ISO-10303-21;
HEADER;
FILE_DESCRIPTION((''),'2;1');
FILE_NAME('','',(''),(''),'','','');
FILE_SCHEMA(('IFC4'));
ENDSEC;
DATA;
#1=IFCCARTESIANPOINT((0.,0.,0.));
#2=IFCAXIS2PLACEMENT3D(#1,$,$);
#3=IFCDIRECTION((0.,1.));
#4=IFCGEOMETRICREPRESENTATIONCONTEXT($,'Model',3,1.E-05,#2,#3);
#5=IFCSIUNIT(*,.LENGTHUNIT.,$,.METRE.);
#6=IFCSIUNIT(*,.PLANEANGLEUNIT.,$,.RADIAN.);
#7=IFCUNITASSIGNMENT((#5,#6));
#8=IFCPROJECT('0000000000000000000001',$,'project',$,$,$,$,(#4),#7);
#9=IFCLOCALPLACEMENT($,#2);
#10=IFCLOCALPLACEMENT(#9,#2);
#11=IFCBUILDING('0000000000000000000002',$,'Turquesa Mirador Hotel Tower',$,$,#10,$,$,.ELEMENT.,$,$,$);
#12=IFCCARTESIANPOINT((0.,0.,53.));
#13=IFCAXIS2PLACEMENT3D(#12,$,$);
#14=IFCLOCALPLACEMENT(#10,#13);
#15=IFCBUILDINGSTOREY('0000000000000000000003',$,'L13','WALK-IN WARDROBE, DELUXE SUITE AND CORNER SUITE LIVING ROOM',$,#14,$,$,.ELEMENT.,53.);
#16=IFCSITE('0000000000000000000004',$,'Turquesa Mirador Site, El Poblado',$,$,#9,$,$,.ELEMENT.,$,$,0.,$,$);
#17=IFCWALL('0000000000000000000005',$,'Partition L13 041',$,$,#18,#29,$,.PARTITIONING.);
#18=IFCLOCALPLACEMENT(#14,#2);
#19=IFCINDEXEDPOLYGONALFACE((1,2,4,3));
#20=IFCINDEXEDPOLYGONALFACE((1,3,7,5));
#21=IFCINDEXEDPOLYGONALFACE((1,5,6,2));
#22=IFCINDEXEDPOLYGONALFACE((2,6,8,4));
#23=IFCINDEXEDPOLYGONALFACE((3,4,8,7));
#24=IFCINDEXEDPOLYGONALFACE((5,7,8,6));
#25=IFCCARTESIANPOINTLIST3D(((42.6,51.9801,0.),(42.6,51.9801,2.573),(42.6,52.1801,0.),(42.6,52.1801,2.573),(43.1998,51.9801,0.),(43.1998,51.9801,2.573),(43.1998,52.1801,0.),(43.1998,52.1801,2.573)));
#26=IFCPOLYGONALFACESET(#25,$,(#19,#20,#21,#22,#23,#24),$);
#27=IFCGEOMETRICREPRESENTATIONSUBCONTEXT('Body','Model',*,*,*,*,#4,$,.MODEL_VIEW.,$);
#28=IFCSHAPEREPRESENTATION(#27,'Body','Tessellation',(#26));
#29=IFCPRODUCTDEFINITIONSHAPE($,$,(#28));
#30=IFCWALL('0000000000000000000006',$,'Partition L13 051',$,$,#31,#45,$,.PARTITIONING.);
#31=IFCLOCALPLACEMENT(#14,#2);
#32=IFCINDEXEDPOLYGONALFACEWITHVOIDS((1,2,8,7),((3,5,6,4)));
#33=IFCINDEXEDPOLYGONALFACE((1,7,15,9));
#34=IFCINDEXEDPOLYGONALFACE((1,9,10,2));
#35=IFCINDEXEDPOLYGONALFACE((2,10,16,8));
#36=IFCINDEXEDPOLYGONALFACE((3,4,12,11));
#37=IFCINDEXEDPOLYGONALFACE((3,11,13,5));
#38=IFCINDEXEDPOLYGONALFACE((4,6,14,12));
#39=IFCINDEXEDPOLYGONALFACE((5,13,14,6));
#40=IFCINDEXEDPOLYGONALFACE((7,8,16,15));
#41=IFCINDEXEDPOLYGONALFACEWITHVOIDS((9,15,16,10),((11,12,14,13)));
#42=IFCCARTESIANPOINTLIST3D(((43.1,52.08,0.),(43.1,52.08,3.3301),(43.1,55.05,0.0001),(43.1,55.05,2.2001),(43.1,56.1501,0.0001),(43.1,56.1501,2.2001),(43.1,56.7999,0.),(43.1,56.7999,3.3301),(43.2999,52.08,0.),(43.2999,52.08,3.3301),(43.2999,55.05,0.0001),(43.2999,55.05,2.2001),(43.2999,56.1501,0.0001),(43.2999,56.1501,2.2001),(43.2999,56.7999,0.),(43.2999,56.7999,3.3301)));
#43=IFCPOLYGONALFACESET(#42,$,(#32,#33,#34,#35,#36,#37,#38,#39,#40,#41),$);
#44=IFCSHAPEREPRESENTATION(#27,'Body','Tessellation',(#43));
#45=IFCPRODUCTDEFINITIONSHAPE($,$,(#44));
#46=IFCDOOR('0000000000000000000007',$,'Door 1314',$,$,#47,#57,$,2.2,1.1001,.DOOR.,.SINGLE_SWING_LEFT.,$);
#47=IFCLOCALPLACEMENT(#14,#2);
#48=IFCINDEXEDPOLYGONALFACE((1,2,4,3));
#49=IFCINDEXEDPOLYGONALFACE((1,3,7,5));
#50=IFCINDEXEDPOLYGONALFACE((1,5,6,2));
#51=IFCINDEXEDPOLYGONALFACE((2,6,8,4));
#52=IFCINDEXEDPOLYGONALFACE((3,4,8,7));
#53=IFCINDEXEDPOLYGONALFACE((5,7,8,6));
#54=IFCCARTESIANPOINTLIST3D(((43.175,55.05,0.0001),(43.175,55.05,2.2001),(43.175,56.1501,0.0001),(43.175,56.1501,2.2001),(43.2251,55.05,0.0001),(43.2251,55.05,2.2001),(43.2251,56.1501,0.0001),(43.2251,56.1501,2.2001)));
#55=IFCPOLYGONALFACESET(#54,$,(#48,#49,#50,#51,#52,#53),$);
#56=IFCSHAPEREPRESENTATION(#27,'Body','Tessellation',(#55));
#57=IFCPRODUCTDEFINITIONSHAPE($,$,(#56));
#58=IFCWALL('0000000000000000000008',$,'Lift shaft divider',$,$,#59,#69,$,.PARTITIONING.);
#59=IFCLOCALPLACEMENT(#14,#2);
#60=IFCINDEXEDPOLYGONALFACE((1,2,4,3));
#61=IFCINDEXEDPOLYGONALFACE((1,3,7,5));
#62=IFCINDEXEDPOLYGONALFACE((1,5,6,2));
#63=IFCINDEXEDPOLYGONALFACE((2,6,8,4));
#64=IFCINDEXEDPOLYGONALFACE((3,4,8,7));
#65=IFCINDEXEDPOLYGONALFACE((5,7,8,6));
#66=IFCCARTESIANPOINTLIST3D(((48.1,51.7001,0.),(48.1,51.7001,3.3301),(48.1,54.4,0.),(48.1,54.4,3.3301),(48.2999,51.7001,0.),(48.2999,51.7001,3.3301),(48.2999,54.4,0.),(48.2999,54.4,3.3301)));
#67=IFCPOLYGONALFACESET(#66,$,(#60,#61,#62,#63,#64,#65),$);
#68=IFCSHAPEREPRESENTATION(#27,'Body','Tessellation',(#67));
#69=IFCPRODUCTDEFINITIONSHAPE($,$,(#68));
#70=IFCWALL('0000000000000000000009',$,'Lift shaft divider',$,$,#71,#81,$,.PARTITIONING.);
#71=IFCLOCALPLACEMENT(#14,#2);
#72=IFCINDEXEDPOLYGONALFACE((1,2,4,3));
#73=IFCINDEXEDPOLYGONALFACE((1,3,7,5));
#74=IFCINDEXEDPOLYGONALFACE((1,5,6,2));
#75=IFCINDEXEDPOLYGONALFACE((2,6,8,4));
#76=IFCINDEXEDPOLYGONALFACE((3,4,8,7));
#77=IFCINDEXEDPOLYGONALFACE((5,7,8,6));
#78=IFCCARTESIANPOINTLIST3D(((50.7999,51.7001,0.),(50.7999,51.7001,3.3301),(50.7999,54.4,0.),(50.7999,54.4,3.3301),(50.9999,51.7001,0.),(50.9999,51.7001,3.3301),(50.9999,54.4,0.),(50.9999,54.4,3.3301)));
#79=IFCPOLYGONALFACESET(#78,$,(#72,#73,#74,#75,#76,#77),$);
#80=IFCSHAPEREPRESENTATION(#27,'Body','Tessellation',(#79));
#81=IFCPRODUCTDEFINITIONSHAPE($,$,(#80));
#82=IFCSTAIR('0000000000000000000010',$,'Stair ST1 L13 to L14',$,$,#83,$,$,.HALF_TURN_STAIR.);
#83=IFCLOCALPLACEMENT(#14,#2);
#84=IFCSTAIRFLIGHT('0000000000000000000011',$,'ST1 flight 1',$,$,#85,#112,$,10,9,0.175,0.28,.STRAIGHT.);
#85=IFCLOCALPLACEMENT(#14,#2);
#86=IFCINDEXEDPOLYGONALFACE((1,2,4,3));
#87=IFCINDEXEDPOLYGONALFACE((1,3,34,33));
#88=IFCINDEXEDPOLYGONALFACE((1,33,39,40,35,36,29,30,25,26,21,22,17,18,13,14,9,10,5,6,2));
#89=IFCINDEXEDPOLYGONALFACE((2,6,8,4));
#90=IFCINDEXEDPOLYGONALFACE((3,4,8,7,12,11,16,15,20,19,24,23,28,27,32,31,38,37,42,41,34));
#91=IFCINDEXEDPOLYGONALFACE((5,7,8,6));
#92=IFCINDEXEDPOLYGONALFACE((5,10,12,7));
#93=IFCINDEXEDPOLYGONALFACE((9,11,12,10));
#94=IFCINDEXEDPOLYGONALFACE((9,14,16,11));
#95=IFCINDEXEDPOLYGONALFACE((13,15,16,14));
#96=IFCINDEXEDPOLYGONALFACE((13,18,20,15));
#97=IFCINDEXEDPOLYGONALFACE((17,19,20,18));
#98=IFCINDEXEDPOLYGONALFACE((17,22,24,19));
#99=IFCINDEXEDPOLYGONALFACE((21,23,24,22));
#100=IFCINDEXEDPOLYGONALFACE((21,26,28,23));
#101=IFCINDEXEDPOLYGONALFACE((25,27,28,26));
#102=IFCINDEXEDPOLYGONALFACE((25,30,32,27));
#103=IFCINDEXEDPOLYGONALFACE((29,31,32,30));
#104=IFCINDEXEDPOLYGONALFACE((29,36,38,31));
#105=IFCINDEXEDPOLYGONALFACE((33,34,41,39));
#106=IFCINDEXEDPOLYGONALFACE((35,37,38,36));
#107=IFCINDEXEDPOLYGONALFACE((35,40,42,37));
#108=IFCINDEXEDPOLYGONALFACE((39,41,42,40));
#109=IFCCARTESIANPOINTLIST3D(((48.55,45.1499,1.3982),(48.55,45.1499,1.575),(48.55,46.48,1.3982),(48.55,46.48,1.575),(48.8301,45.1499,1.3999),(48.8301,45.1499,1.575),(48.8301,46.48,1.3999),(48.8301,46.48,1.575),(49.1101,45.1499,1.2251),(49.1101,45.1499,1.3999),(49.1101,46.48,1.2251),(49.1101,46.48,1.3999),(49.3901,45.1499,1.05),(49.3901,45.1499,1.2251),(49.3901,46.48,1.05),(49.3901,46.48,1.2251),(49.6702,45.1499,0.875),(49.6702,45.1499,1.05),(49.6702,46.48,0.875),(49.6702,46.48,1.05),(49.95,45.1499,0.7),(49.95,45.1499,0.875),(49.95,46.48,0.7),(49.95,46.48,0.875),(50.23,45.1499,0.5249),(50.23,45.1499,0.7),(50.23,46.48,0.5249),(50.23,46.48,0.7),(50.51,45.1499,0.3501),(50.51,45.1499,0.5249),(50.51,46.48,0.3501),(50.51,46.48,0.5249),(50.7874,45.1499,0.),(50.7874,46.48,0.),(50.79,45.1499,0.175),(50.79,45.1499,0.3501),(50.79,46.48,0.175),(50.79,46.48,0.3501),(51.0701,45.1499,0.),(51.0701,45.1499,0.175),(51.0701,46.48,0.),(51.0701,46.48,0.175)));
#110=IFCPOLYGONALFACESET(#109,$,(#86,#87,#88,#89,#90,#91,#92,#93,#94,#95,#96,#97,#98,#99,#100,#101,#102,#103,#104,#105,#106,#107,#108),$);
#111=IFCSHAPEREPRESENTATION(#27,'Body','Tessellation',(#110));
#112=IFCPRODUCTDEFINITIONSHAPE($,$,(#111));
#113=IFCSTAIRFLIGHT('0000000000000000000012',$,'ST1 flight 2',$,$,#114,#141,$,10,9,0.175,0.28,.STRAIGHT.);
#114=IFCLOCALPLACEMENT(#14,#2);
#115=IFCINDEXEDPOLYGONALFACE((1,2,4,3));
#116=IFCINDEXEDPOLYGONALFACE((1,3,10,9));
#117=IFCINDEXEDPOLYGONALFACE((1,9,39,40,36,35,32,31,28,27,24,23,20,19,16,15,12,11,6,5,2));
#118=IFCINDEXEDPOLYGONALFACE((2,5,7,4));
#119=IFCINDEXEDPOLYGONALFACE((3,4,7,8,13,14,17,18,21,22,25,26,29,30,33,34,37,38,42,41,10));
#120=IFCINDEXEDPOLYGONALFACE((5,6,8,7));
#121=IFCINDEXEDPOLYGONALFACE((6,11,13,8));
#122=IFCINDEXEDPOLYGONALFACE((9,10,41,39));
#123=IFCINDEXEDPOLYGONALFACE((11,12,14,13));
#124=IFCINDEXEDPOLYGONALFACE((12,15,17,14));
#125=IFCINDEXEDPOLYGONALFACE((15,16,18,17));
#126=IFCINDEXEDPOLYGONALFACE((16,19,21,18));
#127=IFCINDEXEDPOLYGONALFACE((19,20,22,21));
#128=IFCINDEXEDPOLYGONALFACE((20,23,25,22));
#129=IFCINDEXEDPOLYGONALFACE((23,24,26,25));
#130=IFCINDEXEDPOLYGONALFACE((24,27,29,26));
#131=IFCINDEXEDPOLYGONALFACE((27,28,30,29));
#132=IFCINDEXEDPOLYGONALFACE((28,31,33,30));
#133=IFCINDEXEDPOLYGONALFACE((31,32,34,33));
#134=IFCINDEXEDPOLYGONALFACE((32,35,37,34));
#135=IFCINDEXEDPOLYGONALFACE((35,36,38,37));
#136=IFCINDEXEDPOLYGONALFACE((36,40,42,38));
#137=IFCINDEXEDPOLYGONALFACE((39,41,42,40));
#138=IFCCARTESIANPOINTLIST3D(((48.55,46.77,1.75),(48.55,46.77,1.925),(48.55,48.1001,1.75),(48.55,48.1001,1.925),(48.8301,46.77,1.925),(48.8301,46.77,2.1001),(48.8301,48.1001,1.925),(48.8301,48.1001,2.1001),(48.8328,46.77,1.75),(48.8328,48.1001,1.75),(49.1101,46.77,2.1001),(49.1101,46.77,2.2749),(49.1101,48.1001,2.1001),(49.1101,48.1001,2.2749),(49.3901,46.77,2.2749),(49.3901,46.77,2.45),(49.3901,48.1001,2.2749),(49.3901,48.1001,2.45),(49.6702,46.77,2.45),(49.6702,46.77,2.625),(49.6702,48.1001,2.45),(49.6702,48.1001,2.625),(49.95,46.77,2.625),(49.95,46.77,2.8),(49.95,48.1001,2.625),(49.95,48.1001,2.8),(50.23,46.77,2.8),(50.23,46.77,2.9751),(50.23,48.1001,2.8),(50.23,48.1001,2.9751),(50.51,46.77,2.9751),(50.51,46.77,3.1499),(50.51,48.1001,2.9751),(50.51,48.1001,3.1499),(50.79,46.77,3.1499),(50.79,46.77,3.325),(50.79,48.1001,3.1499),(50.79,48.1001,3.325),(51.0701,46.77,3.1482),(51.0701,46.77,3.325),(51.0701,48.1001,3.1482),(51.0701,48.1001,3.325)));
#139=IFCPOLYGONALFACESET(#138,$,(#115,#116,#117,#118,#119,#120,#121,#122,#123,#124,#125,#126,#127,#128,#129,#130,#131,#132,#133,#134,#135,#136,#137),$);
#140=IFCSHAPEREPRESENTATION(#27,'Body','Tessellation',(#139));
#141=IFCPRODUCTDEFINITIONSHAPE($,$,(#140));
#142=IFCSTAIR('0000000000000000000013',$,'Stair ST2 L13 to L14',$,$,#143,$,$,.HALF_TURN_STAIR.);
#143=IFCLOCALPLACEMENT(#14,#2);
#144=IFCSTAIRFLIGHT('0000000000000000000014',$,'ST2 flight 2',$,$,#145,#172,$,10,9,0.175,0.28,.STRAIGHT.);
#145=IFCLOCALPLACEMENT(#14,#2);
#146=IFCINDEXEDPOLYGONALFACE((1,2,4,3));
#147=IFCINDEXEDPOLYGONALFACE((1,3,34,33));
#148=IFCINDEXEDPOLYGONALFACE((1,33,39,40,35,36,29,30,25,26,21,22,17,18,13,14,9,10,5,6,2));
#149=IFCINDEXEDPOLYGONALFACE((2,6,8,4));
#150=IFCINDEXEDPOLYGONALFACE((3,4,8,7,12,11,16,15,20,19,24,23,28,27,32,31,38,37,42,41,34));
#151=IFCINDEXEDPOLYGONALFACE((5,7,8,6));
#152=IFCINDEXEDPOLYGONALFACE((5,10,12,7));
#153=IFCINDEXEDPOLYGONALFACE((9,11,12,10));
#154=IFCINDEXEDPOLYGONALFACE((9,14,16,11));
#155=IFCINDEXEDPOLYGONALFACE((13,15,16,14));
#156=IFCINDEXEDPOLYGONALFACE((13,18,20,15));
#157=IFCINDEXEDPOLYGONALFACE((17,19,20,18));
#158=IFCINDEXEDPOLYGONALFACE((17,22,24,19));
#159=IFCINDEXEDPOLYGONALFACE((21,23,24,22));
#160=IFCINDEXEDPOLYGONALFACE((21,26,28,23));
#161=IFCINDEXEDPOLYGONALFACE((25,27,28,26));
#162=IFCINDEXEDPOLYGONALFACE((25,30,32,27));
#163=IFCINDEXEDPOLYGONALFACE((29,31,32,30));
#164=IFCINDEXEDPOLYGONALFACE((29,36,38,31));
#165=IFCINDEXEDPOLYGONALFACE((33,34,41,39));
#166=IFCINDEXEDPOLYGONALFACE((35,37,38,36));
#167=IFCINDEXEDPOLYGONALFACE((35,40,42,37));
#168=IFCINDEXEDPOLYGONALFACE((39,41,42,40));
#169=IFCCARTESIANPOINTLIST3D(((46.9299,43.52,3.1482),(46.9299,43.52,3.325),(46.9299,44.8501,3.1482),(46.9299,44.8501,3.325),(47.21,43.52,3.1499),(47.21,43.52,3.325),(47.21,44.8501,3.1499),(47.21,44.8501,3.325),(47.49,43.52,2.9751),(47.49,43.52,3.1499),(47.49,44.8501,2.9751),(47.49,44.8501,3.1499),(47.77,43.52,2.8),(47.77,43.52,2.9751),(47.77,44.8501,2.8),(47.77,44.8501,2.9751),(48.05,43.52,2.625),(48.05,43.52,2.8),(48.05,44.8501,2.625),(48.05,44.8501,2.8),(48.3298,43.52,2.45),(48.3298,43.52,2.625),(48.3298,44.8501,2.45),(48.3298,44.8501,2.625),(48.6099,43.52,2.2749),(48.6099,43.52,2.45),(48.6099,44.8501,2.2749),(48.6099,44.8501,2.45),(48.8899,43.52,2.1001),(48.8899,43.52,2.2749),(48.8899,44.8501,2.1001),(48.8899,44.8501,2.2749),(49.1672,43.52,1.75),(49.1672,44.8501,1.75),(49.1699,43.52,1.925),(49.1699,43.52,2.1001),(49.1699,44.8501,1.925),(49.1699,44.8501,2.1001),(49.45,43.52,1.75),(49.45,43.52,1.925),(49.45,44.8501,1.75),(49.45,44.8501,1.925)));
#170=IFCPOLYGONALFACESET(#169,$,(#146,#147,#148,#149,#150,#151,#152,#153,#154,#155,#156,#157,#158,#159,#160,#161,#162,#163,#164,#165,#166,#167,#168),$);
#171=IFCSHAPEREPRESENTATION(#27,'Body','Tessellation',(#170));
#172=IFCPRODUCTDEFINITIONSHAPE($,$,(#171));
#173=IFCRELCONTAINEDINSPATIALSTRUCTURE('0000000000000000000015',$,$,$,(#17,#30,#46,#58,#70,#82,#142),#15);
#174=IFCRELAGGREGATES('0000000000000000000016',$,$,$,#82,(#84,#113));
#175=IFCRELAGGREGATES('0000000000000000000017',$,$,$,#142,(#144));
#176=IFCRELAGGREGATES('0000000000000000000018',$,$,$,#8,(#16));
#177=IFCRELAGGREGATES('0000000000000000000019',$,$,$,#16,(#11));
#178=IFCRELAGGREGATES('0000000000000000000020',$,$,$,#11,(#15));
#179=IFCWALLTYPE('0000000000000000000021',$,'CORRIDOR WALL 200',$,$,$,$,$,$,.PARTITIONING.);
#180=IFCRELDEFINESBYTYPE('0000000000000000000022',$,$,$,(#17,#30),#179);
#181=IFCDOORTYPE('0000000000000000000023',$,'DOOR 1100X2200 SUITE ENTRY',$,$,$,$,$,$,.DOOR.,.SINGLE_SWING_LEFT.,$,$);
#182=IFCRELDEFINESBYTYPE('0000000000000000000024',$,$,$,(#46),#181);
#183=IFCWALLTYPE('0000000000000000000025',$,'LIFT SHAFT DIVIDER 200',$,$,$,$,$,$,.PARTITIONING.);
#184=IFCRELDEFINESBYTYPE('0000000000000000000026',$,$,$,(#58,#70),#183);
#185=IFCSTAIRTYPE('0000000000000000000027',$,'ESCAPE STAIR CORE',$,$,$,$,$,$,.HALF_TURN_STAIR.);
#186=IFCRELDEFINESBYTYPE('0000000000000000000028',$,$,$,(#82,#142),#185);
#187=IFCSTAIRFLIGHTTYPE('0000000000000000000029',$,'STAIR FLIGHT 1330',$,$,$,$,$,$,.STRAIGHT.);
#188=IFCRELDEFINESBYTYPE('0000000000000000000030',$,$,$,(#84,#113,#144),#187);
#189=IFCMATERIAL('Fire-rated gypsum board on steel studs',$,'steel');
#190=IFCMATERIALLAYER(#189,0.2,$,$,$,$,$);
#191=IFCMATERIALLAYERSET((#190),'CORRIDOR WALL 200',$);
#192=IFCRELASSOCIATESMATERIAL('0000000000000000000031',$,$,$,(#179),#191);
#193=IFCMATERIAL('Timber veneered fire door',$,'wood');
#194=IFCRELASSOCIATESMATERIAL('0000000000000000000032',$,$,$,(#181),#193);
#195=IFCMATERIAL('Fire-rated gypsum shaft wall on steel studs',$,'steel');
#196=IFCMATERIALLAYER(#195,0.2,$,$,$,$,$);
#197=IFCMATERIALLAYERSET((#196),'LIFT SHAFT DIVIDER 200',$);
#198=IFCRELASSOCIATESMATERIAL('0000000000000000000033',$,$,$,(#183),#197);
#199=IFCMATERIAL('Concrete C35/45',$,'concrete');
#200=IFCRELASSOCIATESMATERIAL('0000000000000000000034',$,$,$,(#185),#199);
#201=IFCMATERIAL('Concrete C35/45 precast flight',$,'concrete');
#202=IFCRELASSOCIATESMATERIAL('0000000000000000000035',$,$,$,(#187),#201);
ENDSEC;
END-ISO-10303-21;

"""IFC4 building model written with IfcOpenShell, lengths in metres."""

from ifc_helpers import new_model, si_unit, direction, frame, frame_2d, origin, place, context, subcontext, project, spatial, polyline, rectangle, outline, extrude, material, layer, layer_set, type_object, element, fill, aggregate, save


model = new_model("IFC4")

# Units and contexts
model_context = context("Model", 3, precision=1e-05, world=origin(), true_north=direction((0.0, 1.0)))
body_context = subcontext(model_context, "Body", "Model", "MODEL_VIEW")
ifc_project = project(units=[si_unit("LENGTHUNIT", "METRE"), si_unit("PLANEANGLEUNIT", "RADIAN")], contexts=[model_context])

# Site, building, storey
site_placement = place(None, origin())
site = spatial("IfcSite", under=ifc_project, at=site_placement, Name="Turquesa Mirador Site, El Poblado", CompositionType="ELEMENT", RefElevation=0.0)
building_placement = place(site_placement, origin())
building = spatial("IfcBuilding", under=site, at=building_placement, Name="Turquesa Mirador Hotel Tower", CompositionType="ELEMENT")
storey_placement = place(building_placement, frame((0.0, 0.0, 53.0)))
storey = spatial("IfcBuildingStorey", under=building, at=storey_placement, Name="L13", Description="WALK-IN WARDROBE, DELUXE SUITE AND CORNER SUITE LIVING ROOM", CompositionType="ELEMENT", Elevation=53.0)

# Wall
ifc_material_1 = material(Name="Fire-rated gypsum board on steel studs", Category="steel")
ifc_layer_1 = layer(ifc_material_1, 0.2)
ifc_layer_set_1 = layer_set([ifc_layer_1], Name="CORRIDOR WALL 200")
wall_type_1 = type_object("IfcWallType", Name="CORRIDOR WALL 200", PredefinedType="PARTITIONING", material=ifc_layer_set_1)
wall_1_placement = place(storey_placement, frame((42.6001, 52.0801, 0.0), z_axis=(0.0, 0.0, 1.0), x_axis=(1.0, 0.0, 0.0)))
element("IfcWall", 1, at=wall_1_placement, inside=storey, type_object=wall_type_1, Name="Partition L13 041", PredefinedType="PARTITIONING", context=body_context, shape_type="SweptSolid", body=[
    extrude(rectangle(XDim=0.5999, YDim=0.2, at=frame_2d((0.2998, 0.0))), origin(), (0.0, 0.0, 1.0), 2.573),
])

# Wall, opening, door
wall_2_placement = place(storey_placement, frame((43.2, 52.0801, 0.0), z_axis=(0.0, 0.0, 1.0), x_axis=(0.0, 1.0, 0.0)))
wall_2 = element("IfcWall", 2, at=wall_2_placement, inside=storey, type_object=wall_type_1, Name="Partition L13 051", PredefinedType="PARTITIONING", context=body_context, shape_type="SweptSolid", body=[
    extrude(rectangle(XDim=4.72, YDim=0.2, at=frame_2d((2.3599, 0.0))), origin(), (0.0, 0.0, 1.0), 3.3301),
])
opening_1_placement = place(wall_2_placement, frame((2.97, 0.0, 0.0)))
opening_1 = element("IfcOpeningElement", 3, at=opening_1_placement, cuts=wall_2, PredefinedType="OPENING", context=body_context, shape_type="SweptSolid", body=[
    extrude(rectangle(XDim=1.1001, YDim=2.2, at=frame_2d((0.55, 1.1001))), frame((0.0, 0.1099, 0.0), z_axis=(0.0, -1.0, 0.0), x_axis=(1.0, 0.0, 0.0)), (0.0, 0.0, 1.0), 0.22),
])
ifc_material_2 = material(Name="Timber veneered fire door", Category="wood")
door_type_1 = type_object("IfcDoorType", Name="DOOR 1100X2200 SUITE ENTRY", OperationType="SINGLE_SWING_LEFT", PredefinedType="DOOR", material=ifc_material_2)
door_1_placement = place(opening_1_placement, origin())
door_1 = element("IfcDoor", 4, at=door_1_placement, inside=storey, type_object=door_type_1, Name="Door 1314", OperationType="SINGLE_SWING_LEFT", OverallHeight=2.2, OverallWidth=1.1001, PredefinedType="DOOR", context=body_context, shape_type="SweptSolid", body=[
    extrude(rectangle(XDim=1.1001, YDim=2.2, at=frame_2d((0.55, 1.1001))), frame((0.0, 0.0249, 0.0), z_axis=(0.0, -1.0, 0.0), x_axis=(1.0, 0.0, 0.0)), (0.0, 0.0, 1.0), 0.05),
])
fill(opening_1, door_1)

# Walls
ifc_material_3 = material(Name="Fire-rated gypsum shaft wall on steel studs", Category="steel")
ifc_layer_2 = layer(ifc_material_3, 0.2)
ifc_layer_set_2 = layer_set([ifc_layer_2], Name="LIFT SHAFT DIVIDER 200")
wall_type_2 = type_object("IfcWallType", Name="LIFT SHAFT DIVIDER 200", PredefinedType="PARTITIONING", material=ifc_layer_set_2)
for number, where, z_axis, x_axis, name in (
    (5, (48.2, 51.7, 0.0), (0.0, 0.0, 1.0), (0.0, 1.0, 0.0), "Lift shaft divider"),
    (6, (50.8999, 51.7, 0.0), (0.0, 0.0, 1.0), (0.0, 1.0, 0.0), "Lift shaft divider"),
):
    element("IfcWall", number, at=place(storey_placement, frame(where, z_axis=z_axis, x_axis=x_axis)), inside=storey, type_object=wall_type_2, Name=name, PredefinedType="PARTITIONING", context=body_context, shape_type="SweptSolid", body=[
        extrude(rectangle(XDim=2.7, YDim=0.2, at=frame_2d((1.3501, 0.0))), origin(), (0.0, 0.0, 1.0), 3.3301),
    ])

# Stair, stair flights
ifc_material_4 = material(Name="Concrete C35/45", Category="concrete")
stair_type = type_object("IfcStairType", Name="ESCAPE STAIR CORE", PredefinedType="HALF_TURN_STAIR", material=ifc_material_4)
stair_1_placement = place(storey_placement, origin())
stair_1 = element("IfcStair", 7, at=stair_1_placement, inside=storey, type_object=stair_type, Name="Stair ST1 L13 to L14", PredefinedType="HALF_TURN_STAIR")
ifc_material_5 = material(Name="Concrete C35/45 precast flight", Category="concrete")
stair_flight_type = type_object("IfcStairFlightType", Name="STAIR FLIGHT 1330", PredefinedType="STRAIGHT", material=ifc_material_5)
stair_flight_1_placement = place(storey_placement, frame((51.0701, 45.8149, 0.0), z_axis=(0.0, 0.0, 1.0), x_axis=(-1.0, 0.0, 0.0)))
stair_flight_1 = element("IfcStairFlight", 8, at=stair_flight_1_placement, type_object=stair_flight_type, Name="ST1 flight 1", NumberOfRisers=10, NumberOfTreads=9, PredefinedType="STRAIGHT", RiserHeight=0.175, TreadLength=0.28, context=body_context, shape_type="SweptSolid", body=[
    extrude(outline(polyline([(0.0, 0.0), (0.0, 0.175), (0.28, 0.175), (0.28, 0.3501), (0.5601, 0.3501), (0.5601, 0.5249), (0.8401, 0.5249), (0.8401, 0.7), (1.1201, 0.7), (1.1201, 0.875), (1.3999, 0.875), (1.3999, 1.05), (1.6799, 1.05), (1.6799, 1.2251), (1.96, 1.2251), (1.96, 1.3999), (2.24, 1.3999), (2.24, 1.575), (2.52, 1.575), (2.52, 1.75), (2.52, 1.3982), (0.2827, 0.0), (0.0, 0.0)])), frame((0.0, 0.665, 0.0), z_axis=(0.0, -1.0, 0.0), x_axis=(1.0, 0.0, 0.0)), (0.0, 0.0, 1.0), 1.3301),
])
stair_flight_2_placement = place(storey_placement, frame((48.55, 47.4351, 1.75), z_axis=(0.0, 0.0, 1.0), x_axis=(1.0, 0.0, 0.0)))
stair_flight_2 = element("IfcStairFlight", 9, at=stair_flight_2_placement, type_object=stair_flight_type, Name="ST1 flight 2", NumberOfRisers=10, NumberOfTreads=9, PredefinedType="STRAIGHT", RiserHeight=0.175, TreadLength=0.28, context=body_context, shape_type="SweptSolid", body=[
    extrude(outline(polyline([(0.0, 0.0), (0.0, 0.175), (0.28, 0.175), (0.28, 0.3501), (0.5601, 0.3501), (0.5601, 0.5249), (0.8401, 0.5249), (0.8401, 0.7), (1.1201, 0.7), (1.1201, 0.875), (1.3999, 0.875), (1.3999, 1.05), (1.6799, 1.05), (1.6799, 1.2251), (1.96, 1.2251), (1.96, 1.3999), (2.24, 1.3999), (2.24, 1.575), (2.52, 1.575), (2.52, 1.75), (2.52, 1.3982), (0.2827, 0.0), (0.0, 0.0)])), frame((0.0, 0.665, 0.0), z_axis=(0.0, -1.0, 0.0), x_axis=(1.0, 0.0, 0.0)), (0.0, 0.0, 1.0), 1.3301),
])
aggregate(stair_1, [stair_flight_1, stair_flight_2])

# Stair, stair flight
stair_2_placement = place(storey_placement, origin())
stair_2 = element("IfcStair", 10, at=stair_2_placement, inside=storey, type_object=stair_type, Name="Stair ST2 L13 to L14", PredefinedType="HALF_TURN_STAIR")
stair_flight_3_placement = place(storey_placement, frame((49.45, 44.1851, 1.75), z_axis=(0.0, 0.0, 1.0), x_axis=(-1.0, 0.0, 0.0)))
stair_flight_3 = element("IfcStairFlight", 11, at=stair_flight_3_placement, type_object=stair_flight_type, Name="ST2 flight 2", NumberOfRisers=10, NumberOfTreads=9, PredefinedType="STRAIGHT", RiserHeight=0.175, TreadLength=0.28, context=body_context, shape_type="SweptSolid", body=[
    extrude(outline(polyline([(0.0, 0.0), (0.0, 0.175), (0.28, 0.175), (0.28, 0.3501), (0.5601, 0.3501), (0.5601, 0.5249), (0.8401, 0.5249), (0.8401, 0.7), (1.1201, 0.7), (1.1201, 0.875), (1.3999, 0.875), (1.3999, 1.05), (1.6799, 1.05), (1.6799, 1.2251), (1.96, 1.2251), (1.96, 1.3999), (2.24, 1.3999), (2.24, 1.575), (2.52, 1.575), (2.52, 1.75), (2.52, 1.3982), (0.2827, 0.0), (0.0, 0.0)])), frame((0.0, 0.665, 0.0), z_axis=(0.0, -1.0, 0.0), x_axis=(1.0, 0.0, 0.0)), (0.0, 0.0, 1.0), 1.3301),
])
aggregate(stair_2, [stair_flight_3])

save(model, "model.ifc")
